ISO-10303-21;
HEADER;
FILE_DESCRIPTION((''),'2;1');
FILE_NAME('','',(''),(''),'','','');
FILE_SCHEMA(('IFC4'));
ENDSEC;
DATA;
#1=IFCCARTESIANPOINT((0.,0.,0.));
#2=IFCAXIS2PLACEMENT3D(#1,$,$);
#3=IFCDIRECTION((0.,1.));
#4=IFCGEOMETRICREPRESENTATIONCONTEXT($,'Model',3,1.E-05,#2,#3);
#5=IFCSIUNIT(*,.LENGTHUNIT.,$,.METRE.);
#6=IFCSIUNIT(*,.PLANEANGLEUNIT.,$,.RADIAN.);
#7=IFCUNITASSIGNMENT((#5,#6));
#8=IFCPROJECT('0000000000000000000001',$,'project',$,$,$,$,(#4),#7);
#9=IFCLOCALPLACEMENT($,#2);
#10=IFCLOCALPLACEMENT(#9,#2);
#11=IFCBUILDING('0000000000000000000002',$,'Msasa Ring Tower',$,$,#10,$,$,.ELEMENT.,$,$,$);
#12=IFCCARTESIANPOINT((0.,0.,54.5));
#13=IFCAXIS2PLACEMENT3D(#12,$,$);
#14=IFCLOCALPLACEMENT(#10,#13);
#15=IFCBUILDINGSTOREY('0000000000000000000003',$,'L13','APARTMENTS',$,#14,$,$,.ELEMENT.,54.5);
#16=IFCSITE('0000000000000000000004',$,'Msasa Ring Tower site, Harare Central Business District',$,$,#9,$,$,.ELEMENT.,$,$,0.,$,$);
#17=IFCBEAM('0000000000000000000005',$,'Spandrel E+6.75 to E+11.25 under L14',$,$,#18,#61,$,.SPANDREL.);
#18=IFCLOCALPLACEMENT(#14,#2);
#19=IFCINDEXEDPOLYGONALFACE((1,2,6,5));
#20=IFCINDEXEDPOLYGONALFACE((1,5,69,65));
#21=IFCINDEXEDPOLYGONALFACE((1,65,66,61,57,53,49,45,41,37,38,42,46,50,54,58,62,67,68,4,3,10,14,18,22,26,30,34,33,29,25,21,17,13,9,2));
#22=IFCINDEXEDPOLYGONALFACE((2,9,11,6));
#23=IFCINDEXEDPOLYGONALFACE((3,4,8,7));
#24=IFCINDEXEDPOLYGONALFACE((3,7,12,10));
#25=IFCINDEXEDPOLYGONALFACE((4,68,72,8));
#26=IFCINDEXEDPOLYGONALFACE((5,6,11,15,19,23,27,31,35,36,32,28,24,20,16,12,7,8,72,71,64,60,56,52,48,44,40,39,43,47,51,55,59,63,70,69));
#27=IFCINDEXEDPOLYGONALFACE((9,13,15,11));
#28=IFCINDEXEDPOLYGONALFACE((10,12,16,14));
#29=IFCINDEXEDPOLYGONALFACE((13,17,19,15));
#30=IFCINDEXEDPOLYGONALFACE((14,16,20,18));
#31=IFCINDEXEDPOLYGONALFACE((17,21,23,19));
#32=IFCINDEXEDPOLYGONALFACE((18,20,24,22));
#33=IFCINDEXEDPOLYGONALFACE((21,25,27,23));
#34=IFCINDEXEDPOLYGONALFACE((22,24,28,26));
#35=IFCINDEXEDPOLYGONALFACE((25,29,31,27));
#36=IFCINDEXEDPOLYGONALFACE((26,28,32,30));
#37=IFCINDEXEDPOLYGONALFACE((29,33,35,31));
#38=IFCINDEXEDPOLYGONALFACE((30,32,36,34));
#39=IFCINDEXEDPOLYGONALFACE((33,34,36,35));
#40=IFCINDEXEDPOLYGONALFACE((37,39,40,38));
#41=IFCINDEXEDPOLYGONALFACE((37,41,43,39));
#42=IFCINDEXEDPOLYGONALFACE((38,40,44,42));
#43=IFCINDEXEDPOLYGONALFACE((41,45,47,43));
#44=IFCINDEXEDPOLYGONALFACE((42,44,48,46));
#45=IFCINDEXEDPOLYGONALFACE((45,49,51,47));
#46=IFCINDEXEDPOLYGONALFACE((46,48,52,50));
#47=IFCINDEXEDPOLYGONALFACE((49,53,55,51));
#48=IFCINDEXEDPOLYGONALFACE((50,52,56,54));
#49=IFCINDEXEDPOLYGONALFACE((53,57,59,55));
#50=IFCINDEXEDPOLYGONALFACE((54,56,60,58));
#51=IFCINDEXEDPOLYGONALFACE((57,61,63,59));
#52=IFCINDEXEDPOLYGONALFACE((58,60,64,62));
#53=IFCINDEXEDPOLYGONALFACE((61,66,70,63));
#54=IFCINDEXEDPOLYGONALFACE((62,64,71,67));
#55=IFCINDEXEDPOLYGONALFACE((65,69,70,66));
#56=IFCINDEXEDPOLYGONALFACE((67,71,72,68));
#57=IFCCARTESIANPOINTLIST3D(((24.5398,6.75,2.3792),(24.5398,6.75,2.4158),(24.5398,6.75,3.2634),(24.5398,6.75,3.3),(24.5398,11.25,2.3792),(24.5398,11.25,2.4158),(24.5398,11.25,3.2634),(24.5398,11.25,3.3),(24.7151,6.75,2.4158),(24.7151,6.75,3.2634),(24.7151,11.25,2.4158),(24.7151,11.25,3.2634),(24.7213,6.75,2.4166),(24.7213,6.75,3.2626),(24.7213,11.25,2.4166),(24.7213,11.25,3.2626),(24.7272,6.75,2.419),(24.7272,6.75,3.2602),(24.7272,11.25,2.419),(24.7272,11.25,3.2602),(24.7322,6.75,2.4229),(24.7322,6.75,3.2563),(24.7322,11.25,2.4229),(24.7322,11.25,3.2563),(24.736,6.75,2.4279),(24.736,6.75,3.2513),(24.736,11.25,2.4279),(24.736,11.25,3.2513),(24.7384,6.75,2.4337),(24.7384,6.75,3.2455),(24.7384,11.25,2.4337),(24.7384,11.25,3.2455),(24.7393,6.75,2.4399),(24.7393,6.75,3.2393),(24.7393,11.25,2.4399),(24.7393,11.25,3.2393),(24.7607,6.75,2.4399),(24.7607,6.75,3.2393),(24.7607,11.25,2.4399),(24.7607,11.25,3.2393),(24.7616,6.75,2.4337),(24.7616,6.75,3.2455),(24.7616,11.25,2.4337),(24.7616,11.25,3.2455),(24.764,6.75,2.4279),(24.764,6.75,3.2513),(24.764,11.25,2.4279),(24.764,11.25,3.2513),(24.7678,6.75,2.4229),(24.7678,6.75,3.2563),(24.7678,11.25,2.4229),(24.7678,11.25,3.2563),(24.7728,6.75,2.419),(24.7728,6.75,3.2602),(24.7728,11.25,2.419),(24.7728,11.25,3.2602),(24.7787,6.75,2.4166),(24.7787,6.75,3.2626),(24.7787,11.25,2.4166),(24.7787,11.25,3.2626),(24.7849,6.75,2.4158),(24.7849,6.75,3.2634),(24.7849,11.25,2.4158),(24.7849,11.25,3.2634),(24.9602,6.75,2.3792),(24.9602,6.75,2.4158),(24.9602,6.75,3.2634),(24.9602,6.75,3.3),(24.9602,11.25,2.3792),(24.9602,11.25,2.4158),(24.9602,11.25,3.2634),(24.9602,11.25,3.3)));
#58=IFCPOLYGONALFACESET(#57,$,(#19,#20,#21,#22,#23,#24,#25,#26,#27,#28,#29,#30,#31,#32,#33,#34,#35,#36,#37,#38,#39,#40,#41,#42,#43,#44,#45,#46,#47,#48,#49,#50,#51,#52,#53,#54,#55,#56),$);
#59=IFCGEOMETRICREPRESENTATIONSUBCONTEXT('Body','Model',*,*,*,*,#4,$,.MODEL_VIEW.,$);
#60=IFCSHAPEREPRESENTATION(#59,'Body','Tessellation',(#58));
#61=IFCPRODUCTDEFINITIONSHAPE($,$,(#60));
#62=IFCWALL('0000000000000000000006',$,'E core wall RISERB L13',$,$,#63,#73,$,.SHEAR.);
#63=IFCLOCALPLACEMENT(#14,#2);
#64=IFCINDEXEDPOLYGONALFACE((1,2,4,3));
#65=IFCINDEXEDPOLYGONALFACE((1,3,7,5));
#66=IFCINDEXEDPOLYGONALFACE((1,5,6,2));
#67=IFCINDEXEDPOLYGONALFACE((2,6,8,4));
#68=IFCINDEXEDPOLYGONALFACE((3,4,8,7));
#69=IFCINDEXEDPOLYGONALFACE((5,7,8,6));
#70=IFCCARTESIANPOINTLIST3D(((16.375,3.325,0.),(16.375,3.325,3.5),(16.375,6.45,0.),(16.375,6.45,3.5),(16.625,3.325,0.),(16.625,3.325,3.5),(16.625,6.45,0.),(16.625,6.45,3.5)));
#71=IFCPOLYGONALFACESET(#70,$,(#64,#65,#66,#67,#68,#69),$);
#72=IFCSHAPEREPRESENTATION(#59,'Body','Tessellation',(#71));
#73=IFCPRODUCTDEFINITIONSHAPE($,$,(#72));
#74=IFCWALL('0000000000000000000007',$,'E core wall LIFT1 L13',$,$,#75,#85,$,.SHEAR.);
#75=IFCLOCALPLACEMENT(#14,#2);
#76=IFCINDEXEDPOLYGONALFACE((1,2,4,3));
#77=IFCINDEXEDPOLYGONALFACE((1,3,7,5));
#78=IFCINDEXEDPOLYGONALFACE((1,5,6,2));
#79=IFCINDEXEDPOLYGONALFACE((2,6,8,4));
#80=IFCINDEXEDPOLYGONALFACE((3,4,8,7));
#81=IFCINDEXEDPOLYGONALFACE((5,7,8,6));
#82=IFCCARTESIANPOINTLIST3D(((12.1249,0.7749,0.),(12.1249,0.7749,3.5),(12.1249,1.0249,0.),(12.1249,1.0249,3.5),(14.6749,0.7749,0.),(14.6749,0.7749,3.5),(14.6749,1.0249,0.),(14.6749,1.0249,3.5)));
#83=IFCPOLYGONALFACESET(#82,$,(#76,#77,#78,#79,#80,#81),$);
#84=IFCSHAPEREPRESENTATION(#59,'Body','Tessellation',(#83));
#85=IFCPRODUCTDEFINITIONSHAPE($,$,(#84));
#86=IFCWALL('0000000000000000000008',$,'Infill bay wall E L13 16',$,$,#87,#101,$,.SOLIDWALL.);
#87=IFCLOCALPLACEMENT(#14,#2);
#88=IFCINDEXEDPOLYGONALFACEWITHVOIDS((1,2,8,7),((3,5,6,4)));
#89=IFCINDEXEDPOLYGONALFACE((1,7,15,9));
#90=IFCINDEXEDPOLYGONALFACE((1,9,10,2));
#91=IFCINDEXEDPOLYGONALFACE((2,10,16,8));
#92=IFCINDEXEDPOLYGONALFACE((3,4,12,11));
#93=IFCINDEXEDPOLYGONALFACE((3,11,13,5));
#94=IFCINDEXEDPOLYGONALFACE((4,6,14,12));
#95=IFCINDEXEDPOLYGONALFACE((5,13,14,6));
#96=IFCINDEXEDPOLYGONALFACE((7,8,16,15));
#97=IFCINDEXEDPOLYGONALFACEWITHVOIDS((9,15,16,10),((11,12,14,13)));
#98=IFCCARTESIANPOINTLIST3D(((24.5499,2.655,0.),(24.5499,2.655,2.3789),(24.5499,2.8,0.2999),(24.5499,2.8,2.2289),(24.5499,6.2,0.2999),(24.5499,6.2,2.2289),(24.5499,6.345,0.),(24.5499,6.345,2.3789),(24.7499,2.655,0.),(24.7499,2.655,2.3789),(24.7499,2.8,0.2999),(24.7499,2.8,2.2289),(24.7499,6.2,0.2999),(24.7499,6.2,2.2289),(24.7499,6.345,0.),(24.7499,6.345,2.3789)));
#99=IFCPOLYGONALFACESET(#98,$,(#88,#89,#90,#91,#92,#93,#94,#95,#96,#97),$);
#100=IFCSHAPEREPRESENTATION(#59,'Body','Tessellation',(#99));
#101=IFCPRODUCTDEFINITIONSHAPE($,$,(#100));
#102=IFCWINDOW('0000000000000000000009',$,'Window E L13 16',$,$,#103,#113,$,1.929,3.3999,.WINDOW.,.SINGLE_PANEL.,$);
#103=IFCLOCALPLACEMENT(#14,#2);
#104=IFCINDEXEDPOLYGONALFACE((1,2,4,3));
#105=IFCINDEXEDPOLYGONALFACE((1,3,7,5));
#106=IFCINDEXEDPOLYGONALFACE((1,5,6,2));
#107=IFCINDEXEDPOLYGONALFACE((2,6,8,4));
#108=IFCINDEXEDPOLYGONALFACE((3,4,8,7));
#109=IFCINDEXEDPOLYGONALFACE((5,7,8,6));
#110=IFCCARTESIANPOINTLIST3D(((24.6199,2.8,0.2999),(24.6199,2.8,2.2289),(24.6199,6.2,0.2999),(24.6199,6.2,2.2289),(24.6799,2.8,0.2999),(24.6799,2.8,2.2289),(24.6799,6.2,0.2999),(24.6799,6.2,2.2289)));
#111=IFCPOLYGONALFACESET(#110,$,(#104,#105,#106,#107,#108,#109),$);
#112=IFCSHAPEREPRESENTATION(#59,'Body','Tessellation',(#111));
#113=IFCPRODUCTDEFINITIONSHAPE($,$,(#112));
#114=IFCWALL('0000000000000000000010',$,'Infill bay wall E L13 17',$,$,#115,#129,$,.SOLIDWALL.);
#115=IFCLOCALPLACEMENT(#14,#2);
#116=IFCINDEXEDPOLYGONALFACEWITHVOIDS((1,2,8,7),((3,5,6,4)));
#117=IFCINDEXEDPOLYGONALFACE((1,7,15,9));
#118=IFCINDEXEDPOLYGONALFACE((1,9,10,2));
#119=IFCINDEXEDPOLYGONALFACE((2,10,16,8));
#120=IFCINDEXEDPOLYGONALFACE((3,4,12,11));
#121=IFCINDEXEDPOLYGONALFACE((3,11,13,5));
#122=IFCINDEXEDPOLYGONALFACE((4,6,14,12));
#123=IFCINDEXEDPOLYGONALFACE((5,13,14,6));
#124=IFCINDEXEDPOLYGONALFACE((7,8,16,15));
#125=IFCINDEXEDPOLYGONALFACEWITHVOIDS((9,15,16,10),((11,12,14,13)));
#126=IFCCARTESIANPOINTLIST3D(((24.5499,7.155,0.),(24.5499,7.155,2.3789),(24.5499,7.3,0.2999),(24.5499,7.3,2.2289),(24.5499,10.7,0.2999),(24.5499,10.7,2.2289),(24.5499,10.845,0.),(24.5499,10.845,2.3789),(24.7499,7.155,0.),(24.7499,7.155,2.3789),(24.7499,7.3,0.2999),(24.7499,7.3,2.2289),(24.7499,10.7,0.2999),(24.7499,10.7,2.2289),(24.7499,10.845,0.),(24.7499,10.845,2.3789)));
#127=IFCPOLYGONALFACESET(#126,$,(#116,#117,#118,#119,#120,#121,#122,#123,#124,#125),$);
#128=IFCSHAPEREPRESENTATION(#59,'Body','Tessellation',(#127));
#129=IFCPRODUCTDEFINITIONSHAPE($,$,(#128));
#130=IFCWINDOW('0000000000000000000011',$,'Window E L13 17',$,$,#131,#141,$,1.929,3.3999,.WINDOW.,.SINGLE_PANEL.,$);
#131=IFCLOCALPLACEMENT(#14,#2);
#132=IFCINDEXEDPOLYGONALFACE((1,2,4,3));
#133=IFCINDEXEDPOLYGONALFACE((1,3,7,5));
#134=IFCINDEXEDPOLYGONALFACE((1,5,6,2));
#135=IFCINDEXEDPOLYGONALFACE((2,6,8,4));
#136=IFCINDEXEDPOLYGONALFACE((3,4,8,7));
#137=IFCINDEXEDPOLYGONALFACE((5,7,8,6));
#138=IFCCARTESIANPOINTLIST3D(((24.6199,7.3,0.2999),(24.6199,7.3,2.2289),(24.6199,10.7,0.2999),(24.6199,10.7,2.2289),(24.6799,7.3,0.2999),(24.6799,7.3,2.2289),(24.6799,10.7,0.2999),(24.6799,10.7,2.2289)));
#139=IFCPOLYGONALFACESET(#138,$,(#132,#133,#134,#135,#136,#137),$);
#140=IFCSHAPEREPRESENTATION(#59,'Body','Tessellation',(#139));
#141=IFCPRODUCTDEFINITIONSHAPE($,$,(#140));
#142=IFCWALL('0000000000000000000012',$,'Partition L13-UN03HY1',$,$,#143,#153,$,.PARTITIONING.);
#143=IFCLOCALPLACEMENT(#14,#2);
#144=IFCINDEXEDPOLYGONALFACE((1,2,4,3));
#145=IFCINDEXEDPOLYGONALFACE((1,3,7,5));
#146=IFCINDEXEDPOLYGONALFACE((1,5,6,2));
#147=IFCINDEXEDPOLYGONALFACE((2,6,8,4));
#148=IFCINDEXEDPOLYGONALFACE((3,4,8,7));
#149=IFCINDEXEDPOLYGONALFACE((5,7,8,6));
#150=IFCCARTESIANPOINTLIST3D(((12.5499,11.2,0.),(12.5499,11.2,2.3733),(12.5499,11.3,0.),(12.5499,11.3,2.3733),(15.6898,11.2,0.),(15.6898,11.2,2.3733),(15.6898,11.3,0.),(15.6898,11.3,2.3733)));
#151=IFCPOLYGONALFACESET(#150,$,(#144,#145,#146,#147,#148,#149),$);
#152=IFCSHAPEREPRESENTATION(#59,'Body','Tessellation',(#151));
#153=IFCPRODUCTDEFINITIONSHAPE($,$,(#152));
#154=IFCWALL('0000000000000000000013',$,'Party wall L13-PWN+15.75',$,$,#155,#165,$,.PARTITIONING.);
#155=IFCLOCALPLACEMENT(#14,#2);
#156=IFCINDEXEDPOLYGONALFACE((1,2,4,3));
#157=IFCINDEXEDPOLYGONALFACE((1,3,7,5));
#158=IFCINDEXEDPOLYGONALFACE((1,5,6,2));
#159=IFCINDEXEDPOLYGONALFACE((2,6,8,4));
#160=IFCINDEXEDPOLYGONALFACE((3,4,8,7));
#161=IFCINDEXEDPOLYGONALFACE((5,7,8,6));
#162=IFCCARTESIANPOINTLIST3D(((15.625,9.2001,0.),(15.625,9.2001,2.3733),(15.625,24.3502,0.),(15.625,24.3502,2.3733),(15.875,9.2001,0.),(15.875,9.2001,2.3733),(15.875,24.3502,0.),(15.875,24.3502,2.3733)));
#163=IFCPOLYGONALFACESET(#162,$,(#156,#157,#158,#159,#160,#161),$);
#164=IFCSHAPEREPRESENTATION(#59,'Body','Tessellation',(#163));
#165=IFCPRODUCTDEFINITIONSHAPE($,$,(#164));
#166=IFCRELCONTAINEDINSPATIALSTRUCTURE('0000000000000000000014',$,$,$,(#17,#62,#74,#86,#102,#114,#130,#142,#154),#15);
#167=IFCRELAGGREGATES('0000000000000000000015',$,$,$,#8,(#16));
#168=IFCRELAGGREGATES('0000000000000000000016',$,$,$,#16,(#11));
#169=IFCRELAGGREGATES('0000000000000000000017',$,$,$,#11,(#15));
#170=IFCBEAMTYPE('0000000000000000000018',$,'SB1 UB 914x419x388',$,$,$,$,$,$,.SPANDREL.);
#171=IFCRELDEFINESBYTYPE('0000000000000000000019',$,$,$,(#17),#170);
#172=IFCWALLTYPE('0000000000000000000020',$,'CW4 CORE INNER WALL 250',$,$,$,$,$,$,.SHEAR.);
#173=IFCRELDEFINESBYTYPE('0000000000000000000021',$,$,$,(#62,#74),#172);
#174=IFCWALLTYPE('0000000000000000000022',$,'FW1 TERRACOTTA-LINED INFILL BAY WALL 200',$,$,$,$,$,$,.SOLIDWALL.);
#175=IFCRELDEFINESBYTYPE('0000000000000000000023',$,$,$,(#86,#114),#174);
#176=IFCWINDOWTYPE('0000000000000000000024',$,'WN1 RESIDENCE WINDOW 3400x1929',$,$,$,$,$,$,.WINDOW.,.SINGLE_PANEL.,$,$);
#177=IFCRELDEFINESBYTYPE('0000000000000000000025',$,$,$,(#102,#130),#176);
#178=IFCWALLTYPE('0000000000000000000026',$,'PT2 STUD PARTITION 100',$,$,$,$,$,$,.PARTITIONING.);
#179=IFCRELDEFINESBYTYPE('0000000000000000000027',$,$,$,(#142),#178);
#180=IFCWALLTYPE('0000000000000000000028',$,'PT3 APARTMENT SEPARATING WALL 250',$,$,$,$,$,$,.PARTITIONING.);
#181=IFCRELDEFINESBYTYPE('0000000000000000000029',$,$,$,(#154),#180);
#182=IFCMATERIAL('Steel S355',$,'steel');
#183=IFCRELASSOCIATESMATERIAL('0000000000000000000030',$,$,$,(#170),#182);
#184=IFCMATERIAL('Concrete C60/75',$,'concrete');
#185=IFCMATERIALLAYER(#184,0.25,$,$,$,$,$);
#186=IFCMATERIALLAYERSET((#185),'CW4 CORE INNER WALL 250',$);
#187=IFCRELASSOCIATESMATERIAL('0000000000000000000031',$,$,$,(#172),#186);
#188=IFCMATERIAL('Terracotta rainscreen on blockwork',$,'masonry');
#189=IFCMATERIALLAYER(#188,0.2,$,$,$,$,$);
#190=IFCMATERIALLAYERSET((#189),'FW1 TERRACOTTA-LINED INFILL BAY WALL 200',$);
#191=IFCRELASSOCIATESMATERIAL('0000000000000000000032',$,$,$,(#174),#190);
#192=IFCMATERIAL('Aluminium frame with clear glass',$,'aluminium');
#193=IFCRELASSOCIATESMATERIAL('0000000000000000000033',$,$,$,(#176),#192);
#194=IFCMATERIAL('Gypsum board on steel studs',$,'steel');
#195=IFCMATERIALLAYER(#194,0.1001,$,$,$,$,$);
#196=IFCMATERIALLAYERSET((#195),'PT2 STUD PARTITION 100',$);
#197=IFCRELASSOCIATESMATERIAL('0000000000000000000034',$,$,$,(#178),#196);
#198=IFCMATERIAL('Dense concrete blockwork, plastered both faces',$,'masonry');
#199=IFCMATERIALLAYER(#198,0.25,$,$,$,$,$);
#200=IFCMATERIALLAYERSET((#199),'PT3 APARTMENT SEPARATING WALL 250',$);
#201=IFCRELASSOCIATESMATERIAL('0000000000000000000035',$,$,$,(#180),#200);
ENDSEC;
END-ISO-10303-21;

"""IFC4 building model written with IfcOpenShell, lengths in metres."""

from ifc_helpers import new_model, si_unit, direction, frame, frame_2d, origin, origin_2d, place, context, subcontext, project, spatial, rectangle, i_section, extrude, material, layer, layer_set, material_profile, profile_set, type_object, element, fill, save


model = new_model("IFC4")

# Units and contexts
model_context = context("Model", 3, precision=1e-05, world=origin(), true_north=direction((0.0, 1.0)))
body_context = subcontext(model_context, "Body", "Model", "MODEL_VIEW")
ifc_project = project(units=[si_unit("LENGTHUNIT", "METRE"), si_unit("PLANEANGLEUNIT", "RADIAN")], contexts=[model_context])

# Site, building, storey
site_placement = place(None, origin())
site = spatial("IfcSite", under=ifc_project, at=site_placement, Name="Msasa Ring Tower site, Harare Central Business District", CompositionType="ELEMENT", RefElevation=0.0)
building_placement = place(site_placement, origin())
building = spatial("IfcBuilding", under=site, at=building_placement, Name="Msasa Ring Tower", CompositionType="ELEMENT")
storey_placement = place(building_placement, frame((0.0, 0.0, 54.5)))
storey = spatial("IfcBuildingStorey", under=building, at=storey_placement, Name="L13", Description="APARTMENTS", CompositionType="ELEMENT", Elevation=54.5)

# Beam
ifc_material_1 = material(Name="Steel S355", Category="steel")
ifc_material_profile_1 = material_profile(ifc_material_1, i_section(OverallWidth=0.4204, OverallDepth=0.9209, WebThickness=0.0215, FlangeThickness=0.0366, FilletRadius=0.0242, at=origin_2d()), Name="UB 914x419x388")
ifc_profile_set_1 = profile_set([ifc_material_profile_1], Name="Steel S355")
beam_type_1 = type_object("IfcBeamType", Name="SB1 UB 914x419x388", PredefinedType="SPANDREL", material=ifc_profile_set_1)
for number, where, z_axis, x_axis, name in (
    (1, (24.75, 6.75, 2.8396), (0.0, 1.0, 0.0), (-1.0, 0.0, 0.0), "Spandrel E+6.75 to E+11.25 under L14"),
):
    element("IfcBeam", number, at=place(storey_placement, frame(where, z_axis=z_axis, x_axis=x_axis)), inside=storey, type_object=beam_type_1, Name=name, PredefinedType="SPANDREL", context=body_context, shape_type="SweptSolid", body=[
        extrude(i_section(OverallWidth=0.4204, OverallDepth=0.9209, WebThickness=0.0215, FlangeThickness=0.0366, FilletRadius=0.0242, at=origin_2d()), origin(), (0.0, 0.0, 1.0), 4.5),
    ])

# Walls
ifc_material_2 = material(Name="Concrete C60/75", Category="concrete")
ifc_layer_1 = layer(ifc_material_2, 0.25)
ifc_layer_set_1 = layer_set([ifc_layer_1], Name="CW4 CORE INNER WALL 250")
wall_type_1 = type_object("IfcWallType", Name="CW4 CORE INNER WALL 250", PredefinedType="SHEAR", material=ifc_layer_set_1)
wall_1_placement = place(storey_placement, frame((16.5, 3.325, 0.0), z_axis=(0.0, 0.0, 1.0), x_axis=(0.0, 1.0, 0.0)))
element("IfcWall", 2, at=wall_1_placement, inside=storey, type_object=wall_type_1, Name="E core wall RISERB L13", PredefinedType="SHEAR", context=body_context, shape_type="SweptSolid", body=[
    extrude(rectangle(XDim=3.125, YDim=0.25, at=frame_2d((1.5625, 0.0))), origin(), (0.0, 0.0, 1.0), 3.5),
])
wall_2_placement = place(storey_placement, frame((12.125, 0.8999, 0.0), z_axis=(0.0, 0.0, 1.0), x_axis=(1.0, 0.0, 0.0)))
element("IfcWall", 3, at=wall_2_placement, inside=storey, type_object=wall_type_1, Name="E core wall LIFT1 L13", PredefinedType="SHEAR", context=body_context, shape_type="SweptSolid", body=[
    extrude(rectangle(XDim=2.55, YDim=0.25, at=frame_2d((1.2749, 0.0))), origin(), (0.0, 0.0, 1.0), 3.5),
])

# Walls, openings, windows
ifc_material_3 = material(Name="Terracotta rainscreen on blockwork", Category="masonry")
ifc_layer_2 = layer(ifc_material_3, 0.2)
ifc_layer_set_2 = layer_set([ifc_layer_2], Name="FW1 TERRACOTTA-LINED INFILL BAY WALL 200")
wall_type_2 = type_object("IfcWallType", Name="FW1 TERRACOTTA-LINED INFILL BAY WALL 200", PredefinedType="SOLIDWALL", material=ifc_layer_set_2)
wall_3_placement = place(storey_placement, frame((24.6499, 2.655, 0.0), z_axis=(0.0, 0.0, 1.0), x_axis=(0.0, 1.0, 0.0)))
wall_3 = element("IfcWall", 4, at=wall_3_placement, inside=storey, type_object=wall_type_2, Name="Infill bay wall E L13 16", PredefinedType="SOLIDWALL", context=body_context, shape_type="SweptSolid", body=[
    extrude(rectangle(XDim=3.6899, YDim=0.2, at=frame_2d((1.845, 0.0))), origin(), (0.0, 0.0, 1.0), 2.3789),
])
opening_1_placement = place(wall_3_placement, frame((0.145, 0.0, 0.3)))
opening_1 = element("IfcOpeningElement", 5, at=opening_1_placement, cuts=wall_3, PredefinedType="OPENING", context=body_context, shape_type="SweptSolid", body=[
    extrude(rectangle(XDim=3.3999, YDim=1.929, at=frame_2d((1.7, 0.9644))), frame((0.0, 0.1099, 0.0), z_axis=(0.0, -1.0, 0.0), x_axis=(1.0, 0.0, 0.0)), (0.0, 0.0, 1.0), 0.22),
])
ifc_material_4 = material(Name="Aluminium frame with clear glass", Category="aluminium")
window_type = type_object("IfcWindowType", Name="WN1 RESIDENCE WINDOW 3400x1929", PartitioningType="SINGLE_PANEL", PredefinedType="WINDOW", material=ifc_material_4)
window_1_placement = place(opening_1_placement, origin())
window_1 = element("IfcWindow", 6, at=window_1_placement, inside=storey, type_object=window_type, Name="Window E L13 16", OverallHeight=1.929, OverallWidth=3.3999, PartitioningType="SINGLE_PANEL", PredefinedType="WINDOW", context=body_context, shape_type="SweptSolid", body=[
    extrude(rectangle(XDim=3.3999, YDim=1.929, at=frame_2d((1.7, 0.9644))), frame((0.0, 0.03, 0.0), z_axis=(0.0, -1.0, 0.0), x_axis=(1.0, 0.0, 0.0)), (0.0, 0.0, 1.0), 0.0601),
])
fill(opening_1, window_1)
wall_4_placement = place(storey_placement, frame((24.6499, 7.155, 0.0), z_axis=(0.0, 0.0, 1.0), x_axis=(0.0, 1.0, 0.0)))
wall_4 = element("IfcWall", 7, at=wall_4_placement, inside=storey, type_object=wall_type_2, Name="Infill bay wall E L13 17", PredefinedType="SOLIDWALL", context=body_context, shape_type="SweptSolid", body=[
    extrude(rectangle(XDim=3.6899, YDim=0.2, at=frame_2d((1.845, 0.0))), origin(), (0.0, 0.0, 1.0), 2.3789),
])
opening_2_placement = place(wall_4_placement, frame((0.145, 0.0, 0.3)))
opening_2 = element("IfcOpeningElement", 8, at=opening_2_placement, cuts=wall_4, PredefinedType="OPENING", context=body_context, shape_type="SweptSolid", body=[
    extrude(rectangle(XDim=3.3999, YDim=1.929, at=frame_2d((1.7, 0.9644))), frame((0.0, 0.1099, 0.0), z_axis=(0.0, -1.0, 0.0), x_axis=(1.0, 0.0, 0.0)), (0.0, 0.0, 1.0), 0.22),
])
window_2_placement = place(opening_2_placement, origin())
window_2 = element("IfcWindow", 9, at=window_2_placement, inside=storey, type_object=window_type, Name="Window E L13 17", OverallHeight=1.929, OverallWidth=3.3999, PartitioningType="SINGLE_PANEL", PredefinedType="WINDOW", context=body_context, shape_type="SweptSolid", body=[
    extrude(rectangle(XDim=3.3999, YDim=1.929, at=frame_2d((1.7, 0.9644))), frame((0.0, 0.03, 0.0), z_axis=(0.0, -1.0, 0.0), x_axis=(1.0, 0.0, 0.0)), (0.0, 0.0, 1.0), 0.0601),
])
fill(opening_2, window_2)

# Walls
ifc_material_5 = material(Name="Gypsum board on steel studs", Category="steel")
ifc_layer_3 = layer(ifc_material_5, 0.1001)
ifc_layer_set_3 = layer_set([ifc_layer_3], Name="PT2 STUD PARTITION 100")
wall_type_3 = type_object("IfcWallType", Name="PT2 STUD PARTITION 100", PredefinedType="PARTITIONING", material=ifc_layer_set_3)
wall_5_placement = place(storey_placement, frame((12.55, 11.25, 0.0), z_axis=(0.0, 0.0, 1.0), x_axis=(1.0, 0.0, 0.0)))
element("IfcWall", 10, at=wall_5_placement, inside=storey, type_object=wall_type_3, Name="Partition L13-UN03HY1", PredefinedType="PARTITIONING", context=body_context, shape_type="SweptSolid", body=[
    extrude(rectangle(XDim=3.1399, YDim=0.1001, at=frame_2d((1.5698, 0.0))), origin(), (0.0, 0.0, 1.0), 2.3733),
])
ifc_material_6 = material(Name="Dense concrete blockwork, plastered both faces", Category="masonry")
ifc_layer_4 = layer(ifc_material_6, 0.25)
ifc_layer_set_4 = layer_set([ifc_layer_4], Name="PT3 APARTMENT SEPARATING WALL 250")
wall_type_4 = type_object("IfcWallType", Name="PT3 APARTMENT SEPARATING WALL 250", PredefinedType="PARTITIONING", material=ifc_layer_set_4)
wall_6_placement = place(storey_placement, frame((15.75, 9.2, 0.0), z_axis=(0.0, 0.0, 1.0), x_axis=(0.0, 1.0, 0.0)))
element("IfcWall", 11, at=wall_6_placement, inside=storey, type_object=wall_type_4, Name="Party wall L13-PWN+15.75", PredefinedType="PARTITIONING", context=body_context, shape_type="SweptSolid", body=[
    extrude(rectangle(XDim=15.1501, YDim=0.25, at=frame_2d((7.5752, 0.0))), origin(), (0.0, 0.0, 1.0), 2.3733),
])

save(model, "model.ifc")
